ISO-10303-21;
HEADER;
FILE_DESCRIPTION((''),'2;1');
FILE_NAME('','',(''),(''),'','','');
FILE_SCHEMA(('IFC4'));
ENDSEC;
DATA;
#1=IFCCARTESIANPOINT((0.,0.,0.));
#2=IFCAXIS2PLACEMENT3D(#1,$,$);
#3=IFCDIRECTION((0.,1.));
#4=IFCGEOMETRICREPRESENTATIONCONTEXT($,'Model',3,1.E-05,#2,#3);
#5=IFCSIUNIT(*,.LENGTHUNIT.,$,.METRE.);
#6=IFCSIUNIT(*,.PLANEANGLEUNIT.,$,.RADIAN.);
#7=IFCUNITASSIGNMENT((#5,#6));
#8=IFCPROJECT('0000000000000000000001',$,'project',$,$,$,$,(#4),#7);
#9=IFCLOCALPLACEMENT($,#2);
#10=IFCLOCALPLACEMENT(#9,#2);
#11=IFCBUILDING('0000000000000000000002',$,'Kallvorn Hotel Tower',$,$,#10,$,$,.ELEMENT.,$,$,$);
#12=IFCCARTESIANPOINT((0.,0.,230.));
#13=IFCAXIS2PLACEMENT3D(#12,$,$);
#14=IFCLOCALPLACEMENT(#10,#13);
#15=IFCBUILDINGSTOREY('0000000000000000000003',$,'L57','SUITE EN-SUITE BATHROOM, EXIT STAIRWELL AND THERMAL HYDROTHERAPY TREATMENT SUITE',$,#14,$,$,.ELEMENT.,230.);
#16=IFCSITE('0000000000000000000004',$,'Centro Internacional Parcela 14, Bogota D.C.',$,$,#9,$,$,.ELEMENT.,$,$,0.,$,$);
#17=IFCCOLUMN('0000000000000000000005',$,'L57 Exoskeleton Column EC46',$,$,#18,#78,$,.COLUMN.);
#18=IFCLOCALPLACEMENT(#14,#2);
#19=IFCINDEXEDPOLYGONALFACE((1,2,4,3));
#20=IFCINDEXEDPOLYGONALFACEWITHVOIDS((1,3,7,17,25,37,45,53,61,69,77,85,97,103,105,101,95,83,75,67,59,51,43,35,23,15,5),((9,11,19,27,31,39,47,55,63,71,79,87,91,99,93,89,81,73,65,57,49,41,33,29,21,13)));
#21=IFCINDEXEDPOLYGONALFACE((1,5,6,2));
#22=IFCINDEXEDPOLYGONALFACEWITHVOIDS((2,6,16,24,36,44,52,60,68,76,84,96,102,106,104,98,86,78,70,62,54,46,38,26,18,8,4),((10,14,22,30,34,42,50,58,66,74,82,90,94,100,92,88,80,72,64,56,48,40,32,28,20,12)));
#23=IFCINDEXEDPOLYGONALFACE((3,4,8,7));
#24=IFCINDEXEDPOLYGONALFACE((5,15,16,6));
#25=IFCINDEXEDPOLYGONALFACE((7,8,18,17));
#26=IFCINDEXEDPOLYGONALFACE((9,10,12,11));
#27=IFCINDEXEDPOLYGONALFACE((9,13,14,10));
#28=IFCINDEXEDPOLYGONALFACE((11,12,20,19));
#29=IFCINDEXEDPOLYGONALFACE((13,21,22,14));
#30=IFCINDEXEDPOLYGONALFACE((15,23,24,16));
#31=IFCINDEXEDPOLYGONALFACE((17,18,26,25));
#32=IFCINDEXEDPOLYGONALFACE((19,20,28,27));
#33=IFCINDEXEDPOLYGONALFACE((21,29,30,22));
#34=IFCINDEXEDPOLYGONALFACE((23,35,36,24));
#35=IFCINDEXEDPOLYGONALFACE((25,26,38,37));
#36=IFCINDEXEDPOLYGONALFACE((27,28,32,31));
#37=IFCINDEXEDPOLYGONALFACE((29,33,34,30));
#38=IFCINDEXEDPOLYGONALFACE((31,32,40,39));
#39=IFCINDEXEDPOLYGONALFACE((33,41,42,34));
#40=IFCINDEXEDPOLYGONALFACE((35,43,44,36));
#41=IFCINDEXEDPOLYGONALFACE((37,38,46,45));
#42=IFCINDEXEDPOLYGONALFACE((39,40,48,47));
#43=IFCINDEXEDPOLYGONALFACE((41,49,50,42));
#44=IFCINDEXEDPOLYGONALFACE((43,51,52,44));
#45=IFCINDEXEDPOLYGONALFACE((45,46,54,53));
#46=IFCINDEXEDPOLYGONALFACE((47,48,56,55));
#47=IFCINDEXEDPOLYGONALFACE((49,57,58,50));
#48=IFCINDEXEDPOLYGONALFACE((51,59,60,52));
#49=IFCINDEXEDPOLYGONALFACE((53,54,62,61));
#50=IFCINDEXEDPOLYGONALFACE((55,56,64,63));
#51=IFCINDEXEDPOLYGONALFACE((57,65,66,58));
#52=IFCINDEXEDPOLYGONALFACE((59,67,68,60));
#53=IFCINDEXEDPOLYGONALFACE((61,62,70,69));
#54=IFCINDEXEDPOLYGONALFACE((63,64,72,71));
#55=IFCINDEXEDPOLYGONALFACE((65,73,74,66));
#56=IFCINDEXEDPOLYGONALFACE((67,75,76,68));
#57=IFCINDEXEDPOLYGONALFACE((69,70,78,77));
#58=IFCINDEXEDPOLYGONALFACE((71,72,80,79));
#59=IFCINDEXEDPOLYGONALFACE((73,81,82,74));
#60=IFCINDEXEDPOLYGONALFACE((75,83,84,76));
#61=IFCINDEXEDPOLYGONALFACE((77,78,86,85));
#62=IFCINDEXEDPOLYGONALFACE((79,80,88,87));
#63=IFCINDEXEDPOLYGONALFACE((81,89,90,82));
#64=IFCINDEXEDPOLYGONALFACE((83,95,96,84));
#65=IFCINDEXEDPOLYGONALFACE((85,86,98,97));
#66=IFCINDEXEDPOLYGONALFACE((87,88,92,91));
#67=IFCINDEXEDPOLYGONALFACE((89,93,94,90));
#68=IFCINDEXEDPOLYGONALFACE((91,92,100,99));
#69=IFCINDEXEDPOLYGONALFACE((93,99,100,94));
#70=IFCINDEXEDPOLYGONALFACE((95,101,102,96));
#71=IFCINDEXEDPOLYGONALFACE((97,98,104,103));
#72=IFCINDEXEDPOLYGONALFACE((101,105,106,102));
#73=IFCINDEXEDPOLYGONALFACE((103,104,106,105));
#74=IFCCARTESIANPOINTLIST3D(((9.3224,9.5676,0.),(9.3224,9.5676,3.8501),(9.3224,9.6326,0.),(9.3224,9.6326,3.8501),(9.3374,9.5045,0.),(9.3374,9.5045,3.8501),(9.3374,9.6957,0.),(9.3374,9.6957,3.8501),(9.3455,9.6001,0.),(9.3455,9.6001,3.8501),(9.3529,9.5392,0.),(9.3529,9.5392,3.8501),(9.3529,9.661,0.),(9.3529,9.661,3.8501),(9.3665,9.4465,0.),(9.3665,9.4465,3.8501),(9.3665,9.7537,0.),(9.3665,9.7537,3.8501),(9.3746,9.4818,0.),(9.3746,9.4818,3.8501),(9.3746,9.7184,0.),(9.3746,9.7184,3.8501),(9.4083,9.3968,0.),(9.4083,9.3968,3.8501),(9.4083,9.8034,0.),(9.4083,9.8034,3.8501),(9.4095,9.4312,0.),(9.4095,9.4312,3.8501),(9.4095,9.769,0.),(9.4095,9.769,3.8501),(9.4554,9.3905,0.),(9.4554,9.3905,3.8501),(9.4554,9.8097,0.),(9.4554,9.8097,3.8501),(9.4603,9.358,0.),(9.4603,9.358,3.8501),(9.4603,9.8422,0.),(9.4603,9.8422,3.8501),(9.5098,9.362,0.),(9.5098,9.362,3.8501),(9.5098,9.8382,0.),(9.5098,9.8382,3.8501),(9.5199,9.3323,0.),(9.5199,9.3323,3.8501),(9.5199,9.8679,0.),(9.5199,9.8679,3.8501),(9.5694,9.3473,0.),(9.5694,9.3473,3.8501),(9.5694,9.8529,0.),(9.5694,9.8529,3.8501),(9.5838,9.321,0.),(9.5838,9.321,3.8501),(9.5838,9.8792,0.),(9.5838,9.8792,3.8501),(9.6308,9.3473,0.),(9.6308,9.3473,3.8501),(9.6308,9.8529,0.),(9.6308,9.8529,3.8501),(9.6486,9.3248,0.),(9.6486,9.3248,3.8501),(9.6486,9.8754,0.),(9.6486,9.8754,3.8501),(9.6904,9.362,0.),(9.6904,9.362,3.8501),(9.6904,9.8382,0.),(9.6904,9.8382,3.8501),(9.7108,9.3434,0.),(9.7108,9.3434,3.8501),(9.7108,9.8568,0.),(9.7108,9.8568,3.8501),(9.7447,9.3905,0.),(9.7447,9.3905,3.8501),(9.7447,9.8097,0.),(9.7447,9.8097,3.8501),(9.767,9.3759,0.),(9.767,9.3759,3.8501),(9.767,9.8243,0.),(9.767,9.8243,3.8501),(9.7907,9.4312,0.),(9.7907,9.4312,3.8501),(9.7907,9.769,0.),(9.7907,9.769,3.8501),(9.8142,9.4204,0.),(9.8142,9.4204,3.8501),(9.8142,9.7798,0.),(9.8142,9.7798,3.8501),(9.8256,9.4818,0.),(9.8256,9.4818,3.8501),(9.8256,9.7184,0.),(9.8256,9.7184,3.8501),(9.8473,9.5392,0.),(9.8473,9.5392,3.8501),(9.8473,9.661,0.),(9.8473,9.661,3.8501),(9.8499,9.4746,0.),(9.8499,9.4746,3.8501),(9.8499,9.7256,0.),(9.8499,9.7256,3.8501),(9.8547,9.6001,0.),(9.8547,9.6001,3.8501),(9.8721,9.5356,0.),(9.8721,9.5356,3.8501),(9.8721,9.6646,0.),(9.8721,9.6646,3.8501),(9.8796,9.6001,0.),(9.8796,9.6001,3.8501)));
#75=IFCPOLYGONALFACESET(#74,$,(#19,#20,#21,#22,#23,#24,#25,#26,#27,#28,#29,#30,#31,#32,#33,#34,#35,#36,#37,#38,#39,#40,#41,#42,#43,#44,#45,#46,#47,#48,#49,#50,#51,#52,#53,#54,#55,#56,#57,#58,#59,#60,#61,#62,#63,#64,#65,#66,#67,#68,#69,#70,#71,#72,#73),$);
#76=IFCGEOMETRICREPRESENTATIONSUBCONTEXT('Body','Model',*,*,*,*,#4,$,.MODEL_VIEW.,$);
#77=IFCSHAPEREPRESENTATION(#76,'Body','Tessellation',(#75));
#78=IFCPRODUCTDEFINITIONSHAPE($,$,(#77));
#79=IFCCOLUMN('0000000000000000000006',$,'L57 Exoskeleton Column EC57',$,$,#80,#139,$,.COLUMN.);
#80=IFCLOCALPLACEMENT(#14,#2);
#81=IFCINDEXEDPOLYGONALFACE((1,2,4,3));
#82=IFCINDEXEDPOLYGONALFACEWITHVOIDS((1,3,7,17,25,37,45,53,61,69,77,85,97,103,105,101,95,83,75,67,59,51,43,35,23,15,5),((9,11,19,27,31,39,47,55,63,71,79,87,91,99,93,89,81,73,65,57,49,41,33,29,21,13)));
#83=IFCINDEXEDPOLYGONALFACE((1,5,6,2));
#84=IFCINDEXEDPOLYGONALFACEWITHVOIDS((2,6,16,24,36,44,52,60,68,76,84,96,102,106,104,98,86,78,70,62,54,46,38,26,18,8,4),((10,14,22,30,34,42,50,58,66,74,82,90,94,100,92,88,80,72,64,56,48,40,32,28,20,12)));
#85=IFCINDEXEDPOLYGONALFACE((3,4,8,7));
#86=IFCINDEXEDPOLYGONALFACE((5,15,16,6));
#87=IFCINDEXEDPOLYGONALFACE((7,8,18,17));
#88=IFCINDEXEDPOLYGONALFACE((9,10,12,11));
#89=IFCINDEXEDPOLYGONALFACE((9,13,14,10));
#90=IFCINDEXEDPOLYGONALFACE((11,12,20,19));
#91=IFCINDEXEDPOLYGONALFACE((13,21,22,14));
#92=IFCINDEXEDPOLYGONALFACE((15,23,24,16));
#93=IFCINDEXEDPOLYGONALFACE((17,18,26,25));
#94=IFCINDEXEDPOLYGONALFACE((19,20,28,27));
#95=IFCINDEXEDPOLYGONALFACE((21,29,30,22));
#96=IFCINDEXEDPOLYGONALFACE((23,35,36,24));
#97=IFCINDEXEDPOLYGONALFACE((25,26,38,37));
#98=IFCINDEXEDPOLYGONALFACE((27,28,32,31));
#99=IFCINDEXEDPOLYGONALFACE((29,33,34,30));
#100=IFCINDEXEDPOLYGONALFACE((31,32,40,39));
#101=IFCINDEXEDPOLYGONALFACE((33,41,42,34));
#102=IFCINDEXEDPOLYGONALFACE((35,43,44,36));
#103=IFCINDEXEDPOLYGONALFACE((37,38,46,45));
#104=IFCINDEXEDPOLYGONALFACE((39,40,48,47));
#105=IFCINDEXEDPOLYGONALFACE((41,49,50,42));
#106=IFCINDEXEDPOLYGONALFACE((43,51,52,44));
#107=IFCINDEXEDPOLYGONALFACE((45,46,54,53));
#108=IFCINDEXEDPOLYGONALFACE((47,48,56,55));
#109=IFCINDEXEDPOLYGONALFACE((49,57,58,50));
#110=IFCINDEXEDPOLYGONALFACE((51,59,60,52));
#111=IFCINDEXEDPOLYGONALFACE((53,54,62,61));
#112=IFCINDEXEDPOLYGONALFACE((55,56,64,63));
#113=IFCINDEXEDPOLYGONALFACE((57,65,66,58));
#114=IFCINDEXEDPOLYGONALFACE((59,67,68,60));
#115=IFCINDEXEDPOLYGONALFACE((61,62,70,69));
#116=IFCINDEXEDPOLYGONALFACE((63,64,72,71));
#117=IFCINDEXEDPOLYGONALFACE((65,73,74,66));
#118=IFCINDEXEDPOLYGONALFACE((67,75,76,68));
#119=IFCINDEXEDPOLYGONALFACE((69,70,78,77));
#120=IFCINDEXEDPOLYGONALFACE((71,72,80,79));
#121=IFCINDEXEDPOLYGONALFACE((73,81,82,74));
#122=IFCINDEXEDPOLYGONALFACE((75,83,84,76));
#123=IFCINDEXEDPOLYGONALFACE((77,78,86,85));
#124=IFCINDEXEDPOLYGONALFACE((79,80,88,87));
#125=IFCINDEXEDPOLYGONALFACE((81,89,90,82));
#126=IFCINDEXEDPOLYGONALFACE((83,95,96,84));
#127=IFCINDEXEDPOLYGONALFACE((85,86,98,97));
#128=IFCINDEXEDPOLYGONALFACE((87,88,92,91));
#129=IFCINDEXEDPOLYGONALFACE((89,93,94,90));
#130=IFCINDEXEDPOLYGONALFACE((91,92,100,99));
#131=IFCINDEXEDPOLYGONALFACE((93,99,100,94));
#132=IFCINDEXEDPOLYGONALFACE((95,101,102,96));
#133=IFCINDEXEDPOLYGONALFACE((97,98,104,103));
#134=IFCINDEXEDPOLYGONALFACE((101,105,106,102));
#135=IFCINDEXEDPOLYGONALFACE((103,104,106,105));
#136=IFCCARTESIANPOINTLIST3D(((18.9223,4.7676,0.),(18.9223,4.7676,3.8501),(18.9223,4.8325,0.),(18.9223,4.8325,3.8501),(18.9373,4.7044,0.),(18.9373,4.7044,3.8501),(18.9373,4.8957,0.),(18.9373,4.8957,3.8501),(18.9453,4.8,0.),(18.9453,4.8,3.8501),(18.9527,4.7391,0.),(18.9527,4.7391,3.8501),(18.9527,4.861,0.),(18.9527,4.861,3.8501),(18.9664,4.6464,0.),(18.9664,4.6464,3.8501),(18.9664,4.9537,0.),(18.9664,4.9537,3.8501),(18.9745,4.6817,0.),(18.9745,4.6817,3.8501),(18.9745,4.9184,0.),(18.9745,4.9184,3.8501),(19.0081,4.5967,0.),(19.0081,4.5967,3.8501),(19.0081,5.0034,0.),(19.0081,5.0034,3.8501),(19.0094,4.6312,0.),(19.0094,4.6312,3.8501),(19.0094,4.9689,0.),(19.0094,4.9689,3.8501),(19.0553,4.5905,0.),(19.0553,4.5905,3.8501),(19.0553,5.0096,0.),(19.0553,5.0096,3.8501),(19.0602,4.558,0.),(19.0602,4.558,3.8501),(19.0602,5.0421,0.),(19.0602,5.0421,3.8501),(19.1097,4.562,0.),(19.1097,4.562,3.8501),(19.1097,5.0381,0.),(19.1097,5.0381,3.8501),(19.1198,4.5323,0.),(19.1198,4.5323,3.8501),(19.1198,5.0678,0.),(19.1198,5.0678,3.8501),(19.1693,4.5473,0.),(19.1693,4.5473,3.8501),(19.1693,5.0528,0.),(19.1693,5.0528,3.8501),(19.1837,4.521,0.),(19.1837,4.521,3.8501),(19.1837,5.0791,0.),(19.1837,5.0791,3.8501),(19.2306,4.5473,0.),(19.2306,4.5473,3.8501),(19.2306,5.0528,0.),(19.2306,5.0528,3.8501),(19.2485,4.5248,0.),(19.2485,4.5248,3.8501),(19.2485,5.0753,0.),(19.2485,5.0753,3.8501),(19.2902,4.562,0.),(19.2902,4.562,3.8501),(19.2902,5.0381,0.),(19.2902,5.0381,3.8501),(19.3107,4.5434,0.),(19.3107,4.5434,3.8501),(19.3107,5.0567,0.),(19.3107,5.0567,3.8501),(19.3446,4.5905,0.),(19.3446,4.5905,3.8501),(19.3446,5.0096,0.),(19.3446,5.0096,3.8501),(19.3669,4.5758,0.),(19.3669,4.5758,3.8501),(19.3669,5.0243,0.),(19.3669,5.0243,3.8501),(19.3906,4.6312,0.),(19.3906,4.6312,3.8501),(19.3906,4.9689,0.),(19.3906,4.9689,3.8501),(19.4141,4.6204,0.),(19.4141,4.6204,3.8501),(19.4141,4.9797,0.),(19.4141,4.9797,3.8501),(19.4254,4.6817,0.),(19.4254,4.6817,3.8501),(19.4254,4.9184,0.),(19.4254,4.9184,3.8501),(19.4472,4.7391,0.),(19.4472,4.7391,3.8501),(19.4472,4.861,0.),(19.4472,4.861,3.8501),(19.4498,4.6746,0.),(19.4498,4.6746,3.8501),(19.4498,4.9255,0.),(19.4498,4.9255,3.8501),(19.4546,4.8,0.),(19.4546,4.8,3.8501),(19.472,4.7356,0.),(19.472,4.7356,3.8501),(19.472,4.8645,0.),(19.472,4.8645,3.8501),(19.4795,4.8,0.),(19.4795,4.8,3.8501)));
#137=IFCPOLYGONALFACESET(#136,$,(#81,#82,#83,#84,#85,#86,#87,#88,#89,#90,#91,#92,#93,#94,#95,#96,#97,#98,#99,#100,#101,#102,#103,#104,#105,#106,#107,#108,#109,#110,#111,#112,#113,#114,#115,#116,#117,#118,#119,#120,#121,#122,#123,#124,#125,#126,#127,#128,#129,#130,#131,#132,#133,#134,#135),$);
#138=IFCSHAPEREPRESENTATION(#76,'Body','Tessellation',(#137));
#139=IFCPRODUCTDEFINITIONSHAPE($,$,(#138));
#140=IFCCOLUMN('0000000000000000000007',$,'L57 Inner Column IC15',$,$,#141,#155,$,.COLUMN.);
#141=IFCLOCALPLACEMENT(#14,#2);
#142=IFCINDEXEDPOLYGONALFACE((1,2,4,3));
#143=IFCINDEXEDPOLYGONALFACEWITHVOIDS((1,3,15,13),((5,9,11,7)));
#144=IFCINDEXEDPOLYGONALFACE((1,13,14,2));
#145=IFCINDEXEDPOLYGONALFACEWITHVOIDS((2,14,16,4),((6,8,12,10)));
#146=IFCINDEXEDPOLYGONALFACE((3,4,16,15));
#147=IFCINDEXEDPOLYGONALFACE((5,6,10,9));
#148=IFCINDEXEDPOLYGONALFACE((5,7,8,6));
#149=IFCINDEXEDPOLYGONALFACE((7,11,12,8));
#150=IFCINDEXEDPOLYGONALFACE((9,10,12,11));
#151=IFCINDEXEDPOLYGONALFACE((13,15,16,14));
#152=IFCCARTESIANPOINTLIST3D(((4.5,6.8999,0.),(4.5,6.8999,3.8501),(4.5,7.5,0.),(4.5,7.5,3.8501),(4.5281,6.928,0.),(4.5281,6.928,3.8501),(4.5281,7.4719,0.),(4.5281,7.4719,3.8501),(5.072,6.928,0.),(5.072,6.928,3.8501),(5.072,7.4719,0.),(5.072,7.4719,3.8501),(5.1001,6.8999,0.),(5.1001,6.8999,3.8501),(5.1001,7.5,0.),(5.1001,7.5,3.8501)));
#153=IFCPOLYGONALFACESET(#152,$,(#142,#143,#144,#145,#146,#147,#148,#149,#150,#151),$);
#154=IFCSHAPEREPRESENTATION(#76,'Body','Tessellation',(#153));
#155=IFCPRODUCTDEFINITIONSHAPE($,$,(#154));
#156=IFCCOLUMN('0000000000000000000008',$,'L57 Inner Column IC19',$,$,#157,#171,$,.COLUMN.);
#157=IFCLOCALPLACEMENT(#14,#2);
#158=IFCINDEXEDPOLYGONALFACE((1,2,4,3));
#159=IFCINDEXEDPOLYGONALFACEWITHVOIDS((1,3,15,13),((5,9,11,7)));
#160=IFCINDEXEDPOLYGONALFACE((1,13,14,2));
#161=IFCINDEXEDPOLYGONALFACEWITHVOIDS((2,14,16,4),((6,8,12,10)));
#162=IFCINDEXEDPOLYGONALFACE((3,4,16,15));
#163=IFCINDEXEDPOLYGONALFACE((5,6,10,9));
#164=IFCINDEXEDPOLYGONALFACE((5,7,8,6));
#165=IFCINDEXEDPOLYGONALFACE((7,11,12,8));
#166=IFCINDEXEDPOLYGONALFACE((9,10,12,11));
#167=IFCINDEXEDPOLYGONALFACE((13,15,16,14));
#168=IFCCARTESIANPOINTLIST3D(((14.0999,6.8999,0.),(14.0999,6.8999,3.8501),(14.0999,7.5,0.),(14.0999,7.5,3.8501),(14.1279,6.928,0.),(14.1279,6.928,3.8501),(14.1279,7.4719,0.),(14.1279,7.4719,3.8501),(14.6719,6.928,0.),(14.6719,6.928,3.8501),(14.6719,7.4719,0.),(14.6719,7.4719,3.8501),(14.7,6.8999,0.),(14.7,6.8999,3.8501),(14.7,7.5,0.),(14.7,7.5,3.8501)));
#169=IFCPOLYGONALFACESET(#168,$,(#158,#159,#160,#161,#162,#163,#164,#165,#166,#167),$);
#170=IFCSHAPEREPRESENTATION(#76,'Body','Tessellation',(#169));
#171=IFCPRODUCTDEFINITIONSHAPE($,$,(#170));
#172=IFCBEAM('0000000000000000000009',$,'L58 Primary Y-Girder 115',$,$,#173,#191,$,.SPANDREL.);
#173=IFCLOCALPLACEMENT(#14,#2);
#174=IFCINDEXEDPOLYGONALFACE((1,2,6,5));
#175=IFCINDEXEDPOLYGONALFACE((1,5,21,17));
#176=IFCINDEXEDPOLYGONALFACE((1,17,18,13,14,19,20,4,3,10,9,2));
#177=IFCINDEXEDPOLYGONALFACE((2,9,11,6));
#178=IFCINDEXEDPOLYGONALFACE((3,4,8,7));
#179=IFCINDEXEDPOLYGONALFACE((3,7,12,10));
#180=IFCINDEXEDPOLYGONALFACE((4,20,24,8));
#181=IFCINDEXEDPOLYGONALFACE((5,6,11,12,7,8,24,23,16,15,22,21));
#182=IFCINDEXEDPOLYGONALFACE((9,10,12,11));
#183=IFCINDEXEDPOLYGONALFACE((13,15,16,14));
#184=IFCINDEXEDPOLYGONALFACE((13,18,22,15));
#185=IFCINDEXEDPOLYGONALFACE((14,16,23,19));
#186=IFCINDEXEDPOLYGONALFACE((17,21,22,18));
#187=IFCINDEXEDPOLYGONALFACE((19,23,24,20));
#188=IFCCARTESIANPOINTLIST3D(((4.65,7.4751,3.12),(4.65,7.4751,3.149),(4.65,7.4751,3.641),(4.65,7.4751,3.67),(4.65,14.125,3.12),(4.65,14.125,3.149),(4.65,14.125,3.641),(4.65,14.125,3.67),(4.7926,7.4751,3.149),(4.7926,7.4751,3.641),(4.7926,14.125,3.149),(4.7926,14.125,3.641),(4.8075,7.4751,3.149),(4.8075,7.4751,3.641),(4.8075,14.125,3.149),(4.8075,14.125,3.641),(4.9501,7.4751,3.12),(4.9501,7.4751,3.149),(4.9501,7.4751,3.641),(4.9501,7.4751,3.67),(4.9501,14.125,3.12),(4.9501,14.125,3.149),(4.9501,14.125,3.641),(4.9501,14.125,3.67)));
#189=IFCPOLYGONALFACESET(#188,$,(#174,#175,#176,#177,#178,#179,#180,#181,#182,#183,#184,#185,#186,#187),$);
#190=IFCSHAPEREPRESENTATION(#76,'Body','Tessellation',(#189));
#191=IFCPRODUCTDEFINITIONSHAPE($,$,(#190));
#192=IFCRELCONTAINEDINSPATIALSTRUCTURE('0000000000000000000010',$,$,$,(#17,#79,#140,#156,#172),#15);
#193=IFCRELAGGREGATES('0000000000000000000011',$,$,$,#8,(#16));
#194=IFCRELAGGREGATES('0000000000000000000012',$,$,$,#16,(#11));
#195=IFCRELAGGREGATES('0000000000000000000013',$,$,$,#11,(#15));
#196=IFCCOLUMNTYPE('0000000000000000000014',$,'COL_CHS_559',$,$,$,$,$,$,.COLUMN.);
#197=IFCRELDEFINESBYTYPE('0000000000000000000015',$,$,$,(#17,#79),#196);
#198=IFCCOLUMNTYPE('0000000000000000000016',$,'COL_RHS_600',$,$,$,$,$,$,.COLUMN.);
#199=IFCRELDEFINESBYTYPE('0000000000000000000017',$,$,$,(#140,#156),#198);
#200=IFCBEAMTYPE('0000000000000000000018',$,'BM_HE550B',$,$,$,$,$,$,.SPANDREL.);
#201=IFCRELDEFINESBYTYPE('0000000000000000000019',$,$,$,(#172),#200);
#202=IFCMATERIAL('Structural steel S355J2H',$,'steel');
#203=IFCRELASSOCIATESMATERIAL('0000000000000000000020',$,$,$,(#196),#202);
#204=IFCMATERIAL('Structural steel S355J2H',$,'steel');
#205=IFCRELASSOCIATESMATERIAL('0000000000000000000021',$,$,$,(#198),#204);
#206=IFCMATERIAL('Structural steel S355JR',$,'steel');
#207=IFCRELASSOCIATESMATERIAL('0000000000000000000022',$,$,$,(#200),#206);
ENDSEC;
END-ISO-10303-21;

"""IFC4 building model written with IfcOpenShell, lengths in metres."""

from ifc_helpers import new_model, si_unit, direction, frame, origin, origin_2d, place, context, subcontext, project, spatial, hollow_rectangle, hollow_circle, i_section, extrude, material, material_profile, profile_set, type_object, element, save


model = new_model("IFC4")

# Units and contexts
model_context = context("Model", 3, precision=1e-05, world=origin(), true_north=direction((0.0, 1.0)))
body_context = subcontext(model_context, "Body", "Model", "MODEL_VIEW")
ifc_project = project(units=[si_unit("LENGTHUNIT", "METRE"), si_unit("PLANEANGLEUNIT", "RADIAN")], contexts=[model_context])

# Site, building, storey
site_placement = place(None, origin())
site = spatial("IfcSite", under=ifc_project, at=site_placement, Name="Centro Internacional Parcela 14, Bogota D.C.", CompositionType="ELEMENT", RefElevation=0.0)
building_placement = place(site_placement, origin())
building = spatial("IfcBuilding", under=site, at=building_placement, Name="Kallvorn Hotel Tower", CompositionType="ELEMENT")
storey_placement = place(building_placement, frame((0.0, 0.0, 230.0)))
storey = spatial("IfcBuildingStorey", under=building, at=storey_placement, Name="L57", Description="SUITE EN-SUITE BATHROOM, EXIT STAIRWELL AND THERMAL HYDROTHERAPY TREATMENT SUITE", CompositionType="ELEMENT", Elevation=230.0)

# Columns
ifc_material_1 = material(Name="Structural steel S355J2H", Category="steel")
ifc_material_profile_1 = material_profile(ifc_material_1, hollow_circle(Radius=0.2795, WallThickness=0.0249, at=origin_2d()), Name="CHS 559x25")
ifc_profile_set_1 = profile_set([ifc_material_profile_1], Name="Structural steel S355J2H")
column_type_1 = type_object("IfcColumnType", Name="COL_CHS_559", PredefinedType="COLUMN", material=ifc_profile_set_1)
for number, where, z_axis, x_axis, name in (
    (1, (9.6001, 9.6001, 0.0), (0.0, 0.0, 1.0), (1.0, 0.0, 0.0), "L57 Exoskeleton Column EC46"),
    (2, (19.2, 4.8, 0.0), (0.0, 0.0, 1.0), (1.0, 0.0, 0.0), "L57 Exoskeleton Column EC57"),
):
    element("IfcColumn", number, at=place(storey_placement, frame(where, z_axis=z_axis, x_axis=x_axis)), inside=storey, type_object=column_type_1, Name=name, PredefinedType="COLUMN", context=body_context, shape_type="SweptSolid", body=[
        extrude(hollow_circle(Radius=0.2795, WallThickness=0.0249, at=origin_2d()), origin(), (0.0, 0.0, 1.0), 3.8501),
    ])
ifc_material_2 = material(Name="Structural steel S355J2H", Category="steel")
ifc_material_profile_2 = material_profile(ifc_material_2, hollow_rectangle(XDim=0.6001, YDim=0.6001, WallThickness=0.0281, at=origin_2d()), Name="RHS 600x600x28")
ifc_profile_set_2 = profile_set([ifc_material_profile_2], Name="Structural steel S355J2H")
column_type_2 = type_object("IfcColumnType", Name="COL_RHS_600", PredefinedType="COLUMN", material=ifc_profile_set_2)
for number, where, z_axis, x_axis, name in (
    (3, (4.8, 7.2, 0.0), (0.0, 0.0, 1.0), (1.0, 0.0, 0.0), "L57 Inner Column IC15"),
    (4, (14.3999, 7.2, 0.0), (0.0, 0.0, 1.0), (1.0, 0.0, 0.0), "L57 Inner Column IC19"),
):
    element("IfcColumn", number, at=place(storey_placement, frame(where, z_axis=z_axis, x_axis=x_axis)), inside=storey, type_object=column_type_2, Name=name, PredefinedType="COLUMN", context=body_context, shape_type="SweptSolid", body=[
        extrude(hollow_rectangle(XDim=0.6001, YDim=0.6001, WallThickness=0.0281, at=origin_2d()), origin(), (0.0, 0.0, 1.0), 3.8501),
    ])

# Beam
ifc_material_3 = material(Name="Structural steel S355JR", Category="steel")
ifc_material_profile_3 = material_profile(ifc_material_3, i_section(OverallWidth=0.3, OverallDepth=0.55, WebThickness=0.0149, FlangeThickness=0.0291, at=origin_2d()), Name="HE 550 B")
ifc_profile_set_3 = profile_set([ifc_material_profile_3], Name="Structural steel S355JR")
beam_type_1 = type_object("IfcBeamType", Name="BM_HE550B", PredefinedType="SPANDREL", material=ifc_profile_set_3)
for number, where, z_axis, x_axis, name in (
    (5, (4.8, 7.4751, 3.395), (0.0, 1.0, 0.0), (-1.0, 0.0, 0.0), "L58 Primary Y-Girder 115"),
):
    element("IfcBeam", number, at=place(storey_placement, frame(where, z_axis=z_axis, x_axis=x_axis)), inside=storey, type_object=beam_type_1, Name=name, PredefinedType="SPANDREL", context=body_context, shape_type="SweptSolid", body=[
        extrude(i_section(OverallWidth=0.3, OverallDepth=0.55, WebThickness=0.0149, FlangeThickness=0.0291, at=origin_2d()), origin(), (0.0, 0.0, 1.0), 6.6499),
    ])

save(model, "model.ifc")
